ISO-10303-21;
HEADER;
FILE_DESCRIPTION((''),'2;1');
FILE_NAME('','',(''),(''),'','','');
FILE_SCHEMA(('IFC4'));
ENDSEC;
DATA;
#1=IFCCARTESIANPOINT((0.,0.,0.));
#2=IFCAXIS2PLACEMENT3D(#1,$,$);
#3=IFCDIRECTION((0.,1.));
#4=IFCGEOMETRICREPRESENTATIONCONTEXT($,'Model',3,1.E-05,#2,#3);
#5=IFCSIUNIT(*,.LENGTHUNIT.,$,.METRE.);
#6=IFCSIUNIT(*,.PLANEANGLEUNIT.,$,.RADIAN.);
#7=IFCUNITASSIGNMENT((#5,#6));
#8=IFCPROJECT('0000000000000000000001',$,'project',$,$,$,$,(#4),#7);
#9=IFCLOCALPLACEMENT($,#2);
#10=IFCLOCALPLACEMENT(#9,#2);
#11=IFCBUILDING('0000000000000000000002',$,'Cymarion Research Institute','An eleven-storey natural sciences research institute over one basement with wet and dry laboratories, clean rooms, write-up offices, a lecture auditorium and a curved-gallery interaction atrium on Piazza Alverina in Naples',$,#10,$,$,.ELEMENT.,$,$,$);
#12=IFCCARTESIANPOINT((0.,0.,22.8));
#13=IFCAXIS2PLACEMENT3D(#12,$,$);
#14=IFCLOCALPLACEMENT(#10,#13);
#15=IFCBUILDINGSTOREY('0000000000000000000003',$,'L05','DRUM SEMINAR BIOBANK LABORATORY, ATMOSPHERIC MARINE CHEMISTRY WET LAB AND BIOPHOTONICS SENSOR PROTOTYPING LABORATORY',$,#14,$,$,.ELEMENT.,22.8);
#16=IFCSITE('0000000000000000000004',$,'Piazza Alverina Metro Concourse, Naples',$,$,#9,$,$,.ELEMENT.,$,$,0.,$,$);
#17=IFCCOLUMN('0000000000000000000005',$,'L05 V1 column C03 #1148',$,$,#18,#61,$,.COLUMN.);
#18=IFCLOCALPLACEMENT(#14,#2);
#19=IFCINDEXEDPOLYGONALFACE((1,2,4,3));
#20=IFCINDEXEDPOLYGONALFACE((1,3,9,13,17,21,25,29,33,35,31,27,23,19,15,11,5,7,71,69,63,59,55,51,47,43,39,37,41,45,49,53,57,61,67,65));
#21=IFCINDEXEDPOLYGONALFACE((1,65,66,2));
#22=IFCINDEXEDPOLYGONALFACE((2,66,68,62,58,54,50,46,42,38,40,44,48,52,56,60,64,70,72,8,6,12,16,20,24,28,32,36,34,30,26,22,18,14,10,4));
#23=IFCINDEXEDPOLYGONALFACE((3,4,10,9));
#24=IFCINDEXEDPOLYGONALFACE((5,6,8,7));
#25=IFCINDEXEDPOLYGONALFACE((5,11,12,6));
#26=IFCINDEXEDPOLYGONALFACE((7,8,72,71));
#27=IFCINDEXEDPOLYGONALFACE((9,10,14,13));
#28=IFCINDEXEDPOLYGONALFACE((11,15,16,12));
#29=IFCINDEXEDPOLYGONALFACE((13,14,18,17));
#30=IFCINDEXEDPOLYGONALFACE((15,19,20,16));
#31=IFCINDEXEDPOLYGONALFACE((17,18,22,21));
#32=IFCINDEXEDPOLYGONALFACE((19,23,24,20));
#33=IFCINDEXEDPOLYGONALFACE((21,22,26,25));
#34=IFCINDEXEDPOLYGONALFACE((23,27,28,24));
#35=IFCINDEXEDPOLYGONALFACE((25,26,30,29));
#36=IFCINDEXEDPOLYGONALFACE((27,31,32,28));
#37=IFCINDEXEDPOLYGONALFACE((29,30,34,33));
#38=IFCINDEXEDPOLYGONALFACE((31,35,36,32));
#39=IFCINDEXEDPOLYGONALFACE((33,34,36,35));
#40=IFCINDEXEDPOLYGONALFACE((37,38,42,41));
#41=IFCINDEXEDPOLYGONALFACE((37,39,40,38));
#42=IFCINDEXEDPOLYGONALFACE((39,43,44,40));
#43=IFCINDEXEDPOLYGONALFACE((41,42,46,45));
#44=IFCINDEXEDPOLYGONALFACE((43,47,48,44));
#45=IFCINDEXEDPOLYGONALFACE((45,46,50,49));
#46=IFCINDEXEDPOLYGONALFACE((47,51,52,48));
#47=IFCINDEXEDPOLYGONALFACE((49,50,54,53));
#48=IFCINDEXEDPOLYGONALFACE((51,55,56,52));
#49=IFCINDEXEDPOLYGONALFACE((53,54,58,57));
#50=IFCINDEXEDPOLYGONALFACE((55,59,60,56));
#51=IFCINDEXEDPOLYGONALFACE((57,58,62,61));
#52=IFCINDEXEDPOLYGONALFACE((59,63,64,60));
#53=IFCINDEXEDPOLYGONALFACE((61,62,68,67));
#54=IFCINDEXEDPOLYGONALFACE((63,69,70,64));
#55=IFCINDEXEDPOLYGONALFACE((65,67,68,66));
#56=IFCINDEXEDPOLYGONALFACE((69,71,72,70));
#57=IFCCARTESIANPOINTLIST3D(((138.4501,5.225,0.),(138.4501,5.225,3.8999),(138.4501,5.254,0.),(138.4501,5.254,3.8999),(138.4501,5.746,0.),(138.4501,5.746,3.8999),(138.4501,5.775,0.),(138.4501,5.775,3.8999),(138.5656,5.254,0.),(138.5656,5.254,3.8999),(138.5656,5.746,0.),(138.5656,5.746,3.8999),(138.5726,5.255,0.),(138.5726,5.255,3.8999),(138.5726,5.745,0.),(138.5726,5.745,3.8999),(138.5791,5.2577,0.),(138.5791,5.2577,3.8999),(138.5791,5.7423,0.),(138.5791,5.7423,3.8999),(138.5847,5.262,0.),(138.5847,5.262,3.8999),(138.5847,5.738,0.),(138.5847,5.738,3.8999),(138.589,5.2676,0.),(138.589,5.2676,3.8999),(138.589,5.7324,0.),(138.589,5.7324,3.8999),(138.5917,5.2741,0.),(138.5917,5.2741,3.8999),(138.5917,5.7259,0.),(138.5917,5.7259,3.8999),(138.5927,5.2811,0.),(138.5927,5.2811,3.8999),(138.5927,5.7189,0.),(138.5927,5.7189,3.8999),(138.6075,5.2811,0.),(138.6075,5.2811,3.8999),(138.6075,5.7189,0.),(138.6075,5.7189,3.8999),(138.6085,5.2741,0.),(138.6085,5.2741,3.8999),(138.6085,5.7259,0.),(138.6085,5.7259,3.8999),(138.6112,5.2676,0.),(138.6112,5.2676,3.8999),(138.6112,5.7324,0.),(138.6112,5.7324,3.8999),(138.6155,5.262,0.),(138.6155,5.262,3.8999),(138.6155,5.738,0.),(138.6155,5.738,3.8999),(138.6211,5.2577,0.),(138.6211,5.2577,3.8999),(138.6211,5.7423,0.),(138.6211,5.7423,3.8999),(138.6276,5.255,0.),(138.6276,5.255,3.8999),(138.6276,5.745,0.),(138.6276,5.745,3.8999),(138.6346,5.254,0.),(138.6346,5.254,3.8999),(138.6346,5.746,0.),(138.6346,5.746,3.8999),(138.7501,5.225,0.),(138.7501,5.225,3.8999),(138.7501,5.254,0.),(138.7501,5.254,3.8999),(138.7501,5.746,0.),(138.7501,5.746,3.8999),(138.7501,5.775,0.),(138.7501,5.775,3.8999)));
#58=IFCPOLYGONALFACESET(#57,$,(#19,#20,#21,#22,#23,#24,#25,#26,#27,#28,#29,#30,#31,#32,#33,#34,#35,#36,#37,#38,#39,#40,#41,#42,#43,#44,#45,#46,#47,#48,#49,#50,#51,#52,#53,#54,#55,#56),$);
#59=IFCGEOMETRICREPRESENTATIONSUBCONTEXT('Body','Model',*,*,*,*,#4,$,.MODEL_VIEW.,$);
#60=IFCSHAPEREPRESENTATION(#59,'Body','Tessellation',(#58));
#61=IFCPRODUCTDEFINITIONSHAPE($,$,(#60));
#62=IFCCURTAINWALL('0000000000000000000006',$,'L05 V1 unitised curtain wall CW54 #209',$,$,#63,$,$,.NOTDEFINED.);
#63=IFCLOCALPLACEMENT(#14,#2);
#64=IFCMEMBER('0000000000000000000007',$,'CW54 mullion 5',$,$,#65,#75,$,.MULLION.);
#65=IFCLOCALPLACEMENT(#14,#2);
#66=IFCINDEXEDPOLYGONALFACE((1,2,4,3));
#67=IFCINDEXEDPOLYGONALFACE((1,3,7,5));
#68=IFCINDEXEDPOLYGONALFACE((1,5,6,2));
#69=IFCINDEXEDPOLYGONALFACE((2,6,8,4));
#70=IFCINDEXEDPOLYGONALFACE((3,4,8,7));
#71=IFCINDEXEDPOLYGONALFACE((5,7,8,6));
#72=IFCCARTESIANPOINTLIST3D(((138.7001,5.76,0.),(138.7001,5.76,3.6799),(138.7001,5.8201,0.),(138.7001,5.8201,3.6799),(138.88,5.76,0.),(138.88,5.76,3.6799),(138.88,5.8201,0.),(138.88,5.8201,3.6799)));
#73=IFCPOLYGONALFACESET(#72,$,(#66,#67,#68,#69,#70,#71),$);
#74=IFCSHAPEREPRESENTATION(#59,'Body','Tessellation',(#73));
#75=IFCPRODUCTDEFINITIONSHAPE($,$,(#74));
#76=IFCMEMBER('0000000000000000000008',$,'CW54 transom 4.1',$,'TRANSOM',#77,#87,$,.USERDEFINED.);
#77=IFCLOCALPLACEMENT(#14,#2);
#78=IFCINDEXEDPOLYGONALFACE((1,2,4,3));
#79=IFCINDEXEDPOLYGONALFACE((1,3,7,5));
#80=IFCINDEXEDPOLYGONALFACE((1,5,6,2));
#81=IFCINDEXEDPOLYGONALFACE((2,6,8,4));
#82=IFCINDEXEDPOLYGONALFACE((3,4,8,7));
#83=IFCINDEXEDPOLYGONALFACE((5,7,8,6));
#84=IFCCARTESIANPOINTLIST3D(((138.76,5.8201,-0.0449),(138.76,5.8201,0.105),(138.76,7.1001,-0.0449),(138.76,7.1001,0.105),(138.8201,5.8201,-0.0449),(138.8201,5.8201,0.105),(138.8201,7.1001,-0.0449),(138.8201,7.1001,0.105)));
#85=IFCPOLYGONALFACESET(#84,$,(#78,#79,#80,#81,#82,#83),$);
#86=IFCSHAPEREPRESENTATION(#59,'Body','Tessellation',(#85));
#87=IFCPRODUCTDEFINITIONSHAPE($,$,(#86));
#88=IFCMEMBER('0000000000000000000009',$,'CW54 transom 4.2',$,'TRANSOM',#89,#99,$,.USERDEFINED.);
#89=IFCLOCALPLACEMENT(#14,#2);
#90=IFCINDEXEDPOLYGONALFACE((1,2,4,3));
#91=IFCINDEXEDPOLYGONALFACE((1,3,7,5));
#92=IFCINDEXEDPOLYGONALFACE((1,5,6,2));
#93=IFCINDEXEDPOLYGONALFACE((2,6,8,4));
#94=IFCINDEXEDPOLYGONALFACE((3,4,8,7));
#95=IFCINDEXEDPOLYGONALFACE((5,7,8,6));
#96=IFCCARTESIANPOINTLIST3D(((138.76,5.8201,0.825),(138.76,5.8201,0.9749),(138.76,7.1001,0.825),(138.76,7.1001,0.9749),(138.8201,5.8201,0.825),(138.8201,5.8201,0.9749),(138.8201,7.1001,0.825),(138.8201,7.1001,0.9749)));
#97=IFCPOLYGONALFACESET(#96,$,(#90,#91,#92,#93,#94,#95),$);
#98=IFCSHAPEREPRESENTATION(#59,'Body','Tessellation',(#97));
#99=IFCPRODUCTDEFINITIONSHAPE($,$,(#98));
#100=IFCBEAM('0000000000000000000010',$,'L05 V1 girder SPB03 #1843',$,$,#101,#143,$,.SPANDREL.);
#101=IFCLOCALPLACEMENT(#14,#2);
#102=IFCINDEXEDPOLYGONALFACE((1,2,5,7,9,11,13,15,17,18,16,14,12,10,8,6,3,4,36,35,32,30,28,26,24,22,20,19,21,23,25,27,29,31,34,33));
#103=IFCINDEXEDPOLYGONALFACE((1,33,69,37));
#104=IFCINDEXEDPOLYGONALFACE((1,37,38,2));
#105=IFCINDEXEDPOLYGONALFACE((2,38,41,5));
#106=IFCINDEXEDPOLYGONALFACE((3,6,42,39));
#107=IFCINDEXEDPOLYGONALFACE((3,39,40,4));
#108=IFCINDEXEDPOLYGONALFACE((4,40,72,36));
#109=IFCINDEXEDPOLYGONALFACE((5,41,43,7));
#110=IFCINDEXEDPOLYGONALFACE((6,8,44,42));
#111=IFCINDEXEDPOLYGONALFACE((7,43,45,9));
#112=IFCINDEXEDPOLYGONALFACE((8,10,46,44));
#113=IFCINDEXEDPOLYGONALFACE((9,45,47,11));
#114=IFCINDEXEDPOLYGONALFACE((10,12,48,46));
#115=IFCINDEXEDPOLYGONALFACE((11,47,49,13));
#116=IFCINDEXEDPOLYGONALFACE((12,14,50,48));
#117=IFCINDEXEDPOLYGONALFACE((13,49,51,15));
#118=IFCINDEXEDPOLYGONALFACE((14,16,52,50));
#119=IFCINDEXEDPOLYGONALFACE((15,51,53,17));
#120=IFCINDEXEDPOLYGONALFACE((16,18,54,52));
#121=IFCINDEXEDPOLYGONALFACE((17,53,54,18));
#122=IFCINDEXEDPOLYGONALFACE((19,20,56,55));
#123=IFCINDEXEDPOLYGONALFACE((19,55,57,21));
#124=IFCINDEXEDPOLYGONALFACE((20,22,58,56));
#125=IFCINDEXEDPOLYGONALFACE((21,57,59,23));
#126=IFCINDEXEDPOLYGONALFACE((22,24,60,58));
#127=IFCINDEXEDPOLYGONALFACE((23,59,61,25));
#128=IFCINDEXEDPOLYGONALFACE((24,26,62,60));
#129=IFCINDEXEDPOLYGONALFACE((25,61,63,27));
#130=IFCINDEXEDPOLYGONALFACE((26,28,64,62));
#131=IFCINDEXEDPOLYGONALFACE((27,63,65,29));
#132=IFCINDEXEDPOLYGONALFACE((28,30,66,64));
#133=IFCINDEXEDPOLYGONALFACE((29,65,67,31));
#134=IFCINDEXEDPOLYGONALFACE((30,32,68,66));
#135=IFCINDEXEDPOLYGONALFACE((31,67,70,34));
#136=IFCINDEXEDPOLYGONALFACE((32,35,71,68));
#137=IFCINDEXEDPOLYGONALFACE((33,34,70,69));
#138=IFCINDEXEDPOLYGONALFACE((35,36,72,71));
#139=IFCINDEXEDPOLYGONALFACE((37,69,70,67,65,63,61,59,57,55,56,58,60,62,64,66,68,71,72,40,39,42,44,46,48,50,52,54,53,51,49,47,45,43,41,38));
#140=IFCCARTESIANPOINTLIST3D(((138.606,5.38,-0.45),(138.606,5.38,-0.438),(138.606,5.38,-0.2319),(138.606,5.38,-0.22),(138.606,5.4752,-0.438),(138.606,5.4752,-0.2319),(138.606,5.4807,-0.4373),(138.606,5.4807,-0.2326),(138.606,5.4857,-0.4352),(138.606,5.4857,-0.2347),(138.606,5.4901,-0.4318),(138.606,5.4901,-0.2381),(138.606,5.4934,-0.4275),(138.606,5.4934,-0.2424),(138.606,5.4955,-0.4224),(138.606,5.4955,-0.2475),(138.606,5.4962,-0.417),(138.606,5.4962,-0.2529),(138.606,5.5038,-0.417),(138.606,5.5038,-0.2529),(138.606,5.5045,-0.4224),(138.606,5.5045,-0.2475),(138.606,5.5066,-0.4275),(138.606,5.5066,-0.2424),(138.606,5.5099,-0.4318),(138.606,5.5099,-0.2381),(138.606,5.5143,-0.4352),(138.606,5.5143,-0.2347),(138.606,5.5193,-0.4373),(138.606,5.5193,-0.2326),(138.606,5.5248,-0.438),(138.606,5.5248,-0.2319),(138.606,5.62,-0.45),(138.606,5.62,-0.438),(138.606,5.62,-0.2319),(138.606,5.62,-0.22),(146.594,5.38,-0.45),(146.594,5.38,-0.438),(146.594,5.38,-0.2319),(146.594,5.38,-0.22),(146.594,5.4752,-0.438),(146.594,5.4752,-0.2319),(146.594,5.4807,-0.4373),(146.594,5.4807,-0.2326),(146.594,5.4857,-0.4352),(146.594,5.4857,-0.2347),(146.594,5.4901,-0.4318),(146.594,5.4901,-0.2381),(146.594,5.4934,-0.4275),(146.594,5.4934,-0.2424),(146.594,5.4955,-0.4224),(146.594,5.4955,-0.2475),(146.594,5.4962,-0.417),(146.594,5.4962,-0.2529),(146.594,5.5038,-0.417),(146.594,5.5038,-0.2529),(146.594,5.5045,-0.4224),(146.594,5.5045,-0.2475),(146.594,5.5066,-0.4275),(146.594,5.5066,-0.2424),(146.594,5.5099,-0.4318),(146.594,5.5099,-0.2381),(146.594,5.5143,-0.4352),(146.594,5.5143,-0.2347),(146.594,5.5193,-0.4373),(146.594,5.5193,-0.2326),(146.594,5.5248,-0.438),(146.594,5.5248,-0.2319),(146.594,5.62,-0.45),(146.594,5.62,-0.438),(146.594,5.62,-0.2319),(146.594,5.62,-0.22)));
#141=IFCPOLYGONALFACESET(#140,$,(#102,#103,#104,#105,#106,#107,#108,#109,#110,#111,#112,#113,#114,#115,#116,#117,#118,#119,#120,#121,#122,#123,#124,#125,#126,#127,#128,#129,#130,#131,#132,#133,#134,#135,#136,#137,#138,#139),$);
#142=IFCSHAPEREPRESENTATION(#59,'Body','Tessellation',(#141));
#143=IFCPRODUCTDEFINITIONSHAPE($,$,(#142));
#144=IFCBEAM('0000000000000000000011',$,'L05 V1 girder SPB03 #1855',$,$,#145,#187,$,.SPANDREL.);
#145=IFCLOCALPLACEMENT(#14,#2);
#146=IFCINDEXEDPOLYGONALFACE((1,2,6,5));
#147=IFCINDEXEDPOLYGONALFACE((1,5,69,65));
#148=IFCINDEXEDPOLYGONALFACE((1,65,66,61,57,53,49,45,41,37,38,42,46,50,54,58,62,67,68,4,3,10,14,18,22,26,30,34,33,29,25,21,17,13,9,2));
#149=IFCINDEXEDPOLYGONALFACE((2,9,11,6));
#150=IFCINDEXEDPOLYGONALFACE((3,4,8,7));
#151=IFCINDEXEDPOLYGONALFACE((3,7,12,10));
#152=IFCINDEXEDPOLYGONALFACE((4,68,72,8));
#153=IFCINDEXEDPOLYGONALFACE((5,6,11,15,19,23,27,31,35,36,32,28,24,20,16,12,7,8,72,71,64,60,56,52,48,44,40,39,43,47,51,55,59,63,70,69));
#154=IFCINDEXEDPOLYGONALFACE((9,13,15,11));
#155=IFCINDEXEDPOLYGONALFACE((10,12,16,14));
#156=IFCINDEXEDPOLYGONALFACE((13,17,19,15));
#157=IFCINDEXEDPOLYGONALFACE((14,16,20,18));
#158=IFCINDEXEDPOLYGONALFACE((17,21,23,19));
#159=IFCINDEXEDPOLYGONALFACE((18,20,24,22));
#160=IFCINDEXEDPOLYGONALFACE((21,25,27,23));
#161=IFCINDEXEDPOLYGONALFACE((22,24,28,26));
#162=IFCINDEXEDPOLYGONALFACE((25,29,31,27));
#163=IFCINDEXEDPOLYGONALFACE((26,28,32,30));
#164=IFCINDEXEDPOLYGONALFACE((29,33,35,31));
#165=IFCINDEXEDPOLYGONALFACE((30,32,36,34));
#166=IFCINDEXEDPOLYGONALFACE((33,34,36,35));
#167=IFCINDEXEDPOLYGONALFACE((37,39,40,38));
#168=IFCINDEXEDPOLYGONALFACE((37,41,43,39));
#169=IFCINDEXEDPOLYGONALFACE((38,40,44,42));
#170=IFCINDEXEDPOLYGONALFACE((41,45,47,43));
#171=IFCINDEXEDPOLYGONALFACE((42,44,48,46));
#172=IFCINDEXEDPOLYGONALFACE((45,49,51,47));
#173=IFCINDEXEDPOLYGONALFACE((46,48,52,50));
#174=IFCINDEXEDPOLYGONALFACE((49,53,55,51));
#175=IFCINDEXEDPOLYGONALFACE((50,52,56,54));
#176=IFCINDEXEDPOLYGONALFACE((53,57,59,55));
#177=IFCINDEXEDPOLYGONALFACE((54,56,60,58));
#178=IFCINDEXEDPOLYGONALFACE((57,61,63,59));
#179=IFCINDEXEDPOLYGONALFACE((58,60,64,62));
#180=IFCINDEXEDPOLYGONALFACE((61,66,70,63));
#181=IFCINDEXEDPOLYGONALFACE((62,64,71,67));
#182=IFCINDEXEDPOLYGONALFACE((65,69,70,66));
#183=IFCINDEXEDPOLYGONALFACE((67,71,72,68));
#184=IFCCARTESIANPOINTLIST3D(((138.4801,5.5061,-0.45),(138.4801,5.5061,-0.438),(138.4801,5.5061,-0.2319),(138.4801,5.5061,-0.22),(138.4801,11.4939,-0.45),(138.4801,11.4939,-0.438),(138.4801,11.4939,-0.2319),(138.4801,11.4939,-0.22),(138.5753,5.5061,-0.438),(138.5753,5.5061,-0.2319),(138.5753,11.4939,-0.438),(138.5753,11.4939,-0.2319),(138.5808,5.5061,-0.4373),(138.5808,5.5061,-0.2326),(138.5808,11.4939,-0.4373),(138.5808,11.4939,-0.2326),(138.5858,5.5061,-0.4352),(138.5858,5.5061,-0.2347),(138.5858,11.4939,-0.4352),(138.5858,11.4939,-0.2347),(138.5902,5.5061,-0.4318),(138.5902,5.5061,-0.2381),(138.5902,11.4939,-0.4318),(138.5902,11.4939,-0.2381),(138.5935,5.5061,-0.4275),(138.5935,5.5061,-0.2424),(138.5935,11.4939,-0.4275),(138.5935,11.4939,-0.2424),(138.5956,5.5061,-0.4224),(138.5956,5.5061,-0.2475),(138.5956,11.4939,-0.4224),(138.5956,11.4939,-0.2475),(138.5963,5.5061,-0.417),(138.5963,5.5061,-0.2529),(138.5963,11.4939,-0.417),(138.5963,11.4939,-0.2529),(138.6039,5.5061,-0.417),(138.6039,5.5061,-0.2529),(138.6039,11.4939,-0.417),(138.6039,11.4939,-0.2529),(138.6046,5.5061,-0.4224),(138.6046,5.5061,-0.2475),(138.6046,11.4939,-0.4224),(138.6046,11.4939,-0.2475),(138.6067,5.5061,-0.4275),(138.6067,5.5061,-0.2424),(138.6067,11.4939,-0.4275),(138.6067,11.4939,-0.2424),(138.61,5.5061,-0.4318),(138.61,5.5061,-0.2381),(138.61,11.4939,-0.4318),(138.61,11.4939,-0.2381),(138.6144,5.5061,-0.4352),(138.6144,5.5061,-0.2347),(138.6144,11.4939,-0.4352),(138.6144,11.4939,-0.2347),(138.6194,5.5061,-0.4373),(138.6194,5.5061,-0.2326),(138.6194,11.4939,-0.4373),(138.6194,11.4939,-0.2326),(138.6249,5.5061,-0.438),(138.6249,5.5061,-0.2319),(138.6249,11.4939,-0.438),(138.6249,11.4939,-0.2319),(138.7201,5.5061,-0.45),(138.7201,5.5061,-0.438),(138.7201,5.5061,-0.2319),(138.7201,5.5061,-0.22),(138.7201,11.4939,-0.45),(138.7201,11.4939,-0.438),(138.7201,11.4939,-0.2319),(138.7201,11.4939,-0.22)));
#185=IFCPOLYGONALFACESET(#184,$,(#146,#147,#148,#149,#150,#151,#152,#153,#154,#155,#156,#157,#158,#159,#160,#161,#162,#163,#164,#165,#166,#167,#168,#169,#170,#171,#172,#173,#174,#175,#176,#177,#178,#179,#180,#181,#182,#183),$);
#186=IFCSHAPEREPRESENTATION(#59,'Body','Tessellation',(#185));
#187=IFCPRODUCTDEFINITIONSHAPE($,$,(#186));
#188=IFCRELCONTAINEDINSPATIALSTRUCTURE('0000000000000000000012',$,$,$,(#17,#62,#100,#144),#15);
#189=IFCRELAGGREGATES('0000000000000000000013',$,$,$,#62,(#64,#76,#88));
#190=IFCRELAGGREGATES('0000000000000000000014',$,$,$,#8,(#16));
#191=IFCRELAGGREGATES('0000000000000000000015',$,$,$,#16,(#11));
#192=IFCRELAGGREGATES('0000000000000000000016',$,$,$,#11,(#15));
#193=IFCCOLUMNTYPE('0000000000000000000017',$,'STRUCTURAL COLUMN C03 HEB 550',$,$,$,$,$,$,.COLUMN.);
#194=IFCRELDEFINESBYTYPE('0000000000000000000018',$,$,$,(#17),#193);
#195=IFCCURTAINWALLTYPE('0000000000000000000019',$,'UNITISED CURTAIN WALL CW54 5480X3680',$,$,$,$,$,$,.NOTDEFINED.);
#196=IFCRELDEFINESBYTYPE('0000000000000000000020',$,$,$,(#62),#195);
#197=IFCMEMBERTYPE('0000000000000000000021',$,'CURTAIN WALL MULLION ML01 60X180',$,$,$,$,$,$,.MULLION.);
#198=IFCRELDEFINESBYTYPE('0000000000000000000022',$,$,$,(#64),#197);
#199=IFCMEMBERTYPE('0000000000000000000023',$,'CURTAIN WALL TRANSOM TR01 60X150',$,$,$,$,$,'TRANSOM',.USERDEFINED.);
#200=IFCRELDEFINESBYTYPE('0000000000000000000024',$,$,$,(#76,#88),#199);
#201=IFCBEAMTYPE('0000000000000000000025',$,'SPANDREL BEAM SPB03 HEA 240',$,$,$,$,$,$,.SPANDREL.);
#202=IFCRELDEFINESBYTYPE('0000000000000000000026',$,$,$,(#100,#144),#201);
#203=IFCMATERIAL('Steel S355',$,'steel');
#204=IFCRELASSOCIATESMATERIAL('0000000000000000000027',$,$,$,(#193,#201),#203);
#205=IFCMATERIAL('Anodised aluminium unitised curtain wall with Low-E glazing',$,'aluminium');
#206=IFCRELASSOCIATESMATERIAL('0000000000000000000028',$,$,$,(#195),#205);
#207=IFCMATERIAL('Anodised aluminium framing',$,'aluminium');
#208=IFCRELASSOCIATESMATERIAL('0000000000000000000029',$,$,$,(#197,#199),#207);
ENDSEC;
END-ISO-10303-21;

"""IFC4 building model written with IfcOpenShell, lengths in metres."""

from ifc_helpers import new_model, si_unit, direction, frame, origin, origin_2d, place, context, subcontext, project, spatial, rectangle, i_section, extrude, material, material_profile, profile_set, type_object, element, aggregate, save


model = new_model("IFC4")

# Units and contexts
model_context = context("Model", 3, precision=1e-05, world=origin(), true_north=direction((0.0, 1.0)))
body_context = subcontext(model_context, "Body", "Model", "MODEL_VIEW")
ifc_project = project(units=[si_unit("LENGTHUNIT", "METRE"), si_unit("PLANEANGLEUNIT", "RADIAN")], contexts=[model_context])

# Site, building, storey
site_placement = place(None, origin())
site = spatial("IfcSite", under=ifc_project, at=site_placement, Name="Piazza Alverina Metro Concourse, Naples", CompositionType="ELEMENT", RefElevation=0.0)
building_placement = place(site_placement, origin())
building = spatial("IfcBuilding", under=site, at=building_placement, Name="Cymarion Research Institute", Description="An eleven-storey natural sciences research institute over one basement with wet and dry laboratories, clean rooms, write-up offices, a lecture auditorium and a curved-gallery interaction atrium on Piazza Alverina in Naples", CompositionType="ELEMENT")
storey_placement = place(building_placement, frame((0.0, 0.0, 22.8)))
storey = spatial("IfcBuildingStorey", under=building, at=storey_placement, Name="L05", Description="DRUM SEMINAR BIOBANK LABORATORY, ATMOSPHERIC MARINE CHEMISTRY WET LAB AND BIOPHOTONICS SENSOR PROTOTYPING LABORATORY", CompositionType="ELEMENT", Elevation=22.8)

# Column
ifc_material_1 = material(Name="Steel S355", Category="steel")
ifc_material_profile_1 = material_profile(ifc_material_1, i_section(OverallWidth=0.3, OverallDepth=0.55, WebThickness=0.0149, FlangeThickness=0.0291, FilletRadius=0.0271, at=origin_2d()), Name="HEB 550")
ifc_profile_set_1 = profile_set([ifc_material_profile_1], Name="Steel S355")
column_type = type_object("IfcColumnType", Name="STRUCTURAL COLUMN C03 HEB 550", PredefinedType="COLUMN", material=ifc_profile_set_1)
column_placement = place(storey_placement, frame((138.6001, 5.5, 0.0), z_axis=(0.0, 0.0, 1.0), x_axis=(1.0, 0.0, 0.0)))
element("IfcColumn", 1, at=column_placement, inside=storey, type_object=column_type, Name="L05 V1 column C03 #1148", PredefinedType="COLUMN", context=body_context, shape_type="SweptSolid", body=[
    extrude(i_section(OverallWidth=0.3, OverallDepth=0.55, WebThickness=0.0149, FlangeThickness=0.0291, FilletRadius=0.0271, at=origin_2d()), origin(), (0.0, 0.0, 1.0), 3.8999),
])

# Curtain wall, members
ifc_material_2 = material(Name="Anodised aluminium unitised curtain wall with Low-E glazing", Category="aluminium")
curtain_wall_type = type_object("IfcCurtainWallType", Name="UNITISED CURTAIN WALL CW54 5480X3680", PredefinedType="NOTDEFINED", material=ifc_material_2)
curtain_wall_placement = place(storey_placement, origin())
curtain_wall = element("IfcCurtainWall", 2, at=curtain_wall_placement, inside=storey, type_object=curtain_wall_type, Name="L05 V1 unitised curtain wall CW54 #209", PredefinedType="NOTDEFINED")
ifc_material_3 = material(Name="Anodised aluminium framing", Category="aluminium")
ifc_material_profile_2 = material_profile(ifc_material_3, rectangle(XDim=0.0601, YDim=0.1799, at=origin_2d()), Name="ALU MULLION 60x180")
ifc_profile_set_2 = profile_set([ifc_material_profile_2], Name="Anodised aluminium framing")
member_type_1 = type_object("IfcMemberType", Name="CURTAIN WALL MULLION ML01 60X180", PredefinedType="MULLION", material=ifc_profile_set_2)
member_1_placement = place(storey_placement, frame((138.79, 5.79, 0.0), z_axis=(0.0, 0.0, 1.0), x_axis=(0.0, -1.0, 0.0)))
member_1 = element("IfcMember", 3, at=member_1_placement, type_object=member_type_1, Name="CW54 mullion 5", PredefinedType="MULLION", context=body_context, shape_type="SweptSolid", body=[
    extrude(rectangle(XDim=0.0601, YDim=0.1799, at=origin_2d()), origin(), (0.0, 0.0, 1.0), 3.6799),
])
ifc_material_profile_3 = material_profile(ifc_material_3, rectangle(XDim=0.0601, YDim=0.1499, at=origin_2d()), Name="ALU TRANSOM 60x150")
ifc_profile_set_3 = profile_set([ifc_material_profile_3], Name="Anodised aluminium framing")
member_type_2 = type_object("IfcMemberType", Name="CURTAIN WALL TRANSOM TR01 60X150", ElementType="TRANSOM", PredefinedType="USERDEFINED", material=ifc_profile_set_3)
member_2_placement = place(storey_placement, frame((138.79, 7.1001, 0.03), z_axis=(0.0, -1.0, 0.0), x_axis=(1.0, 0.0, 0.0)))
member_2 = element("IfcMember", 4, at=member_2_placement, type_object=member_type_2, Name="CW54 transom 4.1", ObjectType="TRANSOM", PredefinedType="USERDEFINED", context=body_context, shape_type="SweptSolid", body=[
    extrude(rectangle(XDim=0.0601, YDim=0.1499, at=origin_2d()), origin(), (0.0, 0.0, 1.0), 1.28),
])
member_3_placement = place(storey_placement, frame((138.79, 7.1001, 0.8999), z_axis=(0.0, -1.0, 0.0), x_axis=(1.0, 0.0, 0.0)))
member_3 = element("IfcMember", 5, at=member_3_placement, type_object=member_type_2, Name="CW54 transom 4.2", ObjectType="TRANSOM", PredefinedType="USERDEFINED", context=body_context, shape_type="SweptSolid", body=[
    extrude(rectangle(XDim=0.0601, YDim=0.1499, at=origin_2d()), origin(), (0.0, 0.0, 1.0), 1.28),
])

# Beams
ifc_material_profile_4 = material_profile(ifc_material_1, i_section(OverallWidth=0.24, OverallDepth=0.23, WebThickness=0.0076, FlangeThickness=0.012, FilletRadius=0.021, at=origin_2d()), Name="HEA 240")
ifc_profile_set_4 = profile_set([ifc_material_profile_4], Name="Steel S355")
beam_type = type_object("IfcBeamType", Name="SPANDREL BEAM SPB03 HEA 240", PredefinedType="SPANDREL", material=ifc_profile_set_4)
beam_1_placement = place(storey_placement, frame((138.606, 5.5, -0.335), z_axis=(1.0, 0.0, 0.0), x_axis=(0.0, 1.0, 0.0)))
element("IfcBeam", 6, at=beam_1_placement, inside=storey, type_object=beam_type, Name="L05 V1 girder SPB03 #1843", PredefinedType="SPANDREL", context=body_context, shape_type="SweptSolid", body=[
    extrude(i_section(OverallWidth=0.24, OverallDepth=0.23, WebThickness=0.0076, FlangeThickness=0.012, FilletRadius=0.021, at=origin_2d()), origin(), (0.0, 0.0, 1.0), 7.988),
])
beam_2_placement = place(storey_placement, frame((138.6001, 5.5061, -0.335), z_axis=(0.0, 1.0, 0.0), x_axis=(-1.0, 0.0, 0.0)))
element("IfcBeam", 7, at=beam_2_placement, inside=storey, type_object=beam_type, Name="L05 V1 girder SPB03 #1855", PredefinedType="SPANDREL", context=body_context, shape_type="SweptSolid", body=[
    extrude(i_section(OverallWidth=0.24, OverallDepth=0.23, WebThickness=0.0076, FlangeThickness=0.012, FilletRadius=0.021, at=origin_2d()), origin(), (0.0, 0.0, 1.0), 5.9878),
])

aggregate(curtain_wall, [member_1, member_2, member_3])

save(model, "model.ifc")
